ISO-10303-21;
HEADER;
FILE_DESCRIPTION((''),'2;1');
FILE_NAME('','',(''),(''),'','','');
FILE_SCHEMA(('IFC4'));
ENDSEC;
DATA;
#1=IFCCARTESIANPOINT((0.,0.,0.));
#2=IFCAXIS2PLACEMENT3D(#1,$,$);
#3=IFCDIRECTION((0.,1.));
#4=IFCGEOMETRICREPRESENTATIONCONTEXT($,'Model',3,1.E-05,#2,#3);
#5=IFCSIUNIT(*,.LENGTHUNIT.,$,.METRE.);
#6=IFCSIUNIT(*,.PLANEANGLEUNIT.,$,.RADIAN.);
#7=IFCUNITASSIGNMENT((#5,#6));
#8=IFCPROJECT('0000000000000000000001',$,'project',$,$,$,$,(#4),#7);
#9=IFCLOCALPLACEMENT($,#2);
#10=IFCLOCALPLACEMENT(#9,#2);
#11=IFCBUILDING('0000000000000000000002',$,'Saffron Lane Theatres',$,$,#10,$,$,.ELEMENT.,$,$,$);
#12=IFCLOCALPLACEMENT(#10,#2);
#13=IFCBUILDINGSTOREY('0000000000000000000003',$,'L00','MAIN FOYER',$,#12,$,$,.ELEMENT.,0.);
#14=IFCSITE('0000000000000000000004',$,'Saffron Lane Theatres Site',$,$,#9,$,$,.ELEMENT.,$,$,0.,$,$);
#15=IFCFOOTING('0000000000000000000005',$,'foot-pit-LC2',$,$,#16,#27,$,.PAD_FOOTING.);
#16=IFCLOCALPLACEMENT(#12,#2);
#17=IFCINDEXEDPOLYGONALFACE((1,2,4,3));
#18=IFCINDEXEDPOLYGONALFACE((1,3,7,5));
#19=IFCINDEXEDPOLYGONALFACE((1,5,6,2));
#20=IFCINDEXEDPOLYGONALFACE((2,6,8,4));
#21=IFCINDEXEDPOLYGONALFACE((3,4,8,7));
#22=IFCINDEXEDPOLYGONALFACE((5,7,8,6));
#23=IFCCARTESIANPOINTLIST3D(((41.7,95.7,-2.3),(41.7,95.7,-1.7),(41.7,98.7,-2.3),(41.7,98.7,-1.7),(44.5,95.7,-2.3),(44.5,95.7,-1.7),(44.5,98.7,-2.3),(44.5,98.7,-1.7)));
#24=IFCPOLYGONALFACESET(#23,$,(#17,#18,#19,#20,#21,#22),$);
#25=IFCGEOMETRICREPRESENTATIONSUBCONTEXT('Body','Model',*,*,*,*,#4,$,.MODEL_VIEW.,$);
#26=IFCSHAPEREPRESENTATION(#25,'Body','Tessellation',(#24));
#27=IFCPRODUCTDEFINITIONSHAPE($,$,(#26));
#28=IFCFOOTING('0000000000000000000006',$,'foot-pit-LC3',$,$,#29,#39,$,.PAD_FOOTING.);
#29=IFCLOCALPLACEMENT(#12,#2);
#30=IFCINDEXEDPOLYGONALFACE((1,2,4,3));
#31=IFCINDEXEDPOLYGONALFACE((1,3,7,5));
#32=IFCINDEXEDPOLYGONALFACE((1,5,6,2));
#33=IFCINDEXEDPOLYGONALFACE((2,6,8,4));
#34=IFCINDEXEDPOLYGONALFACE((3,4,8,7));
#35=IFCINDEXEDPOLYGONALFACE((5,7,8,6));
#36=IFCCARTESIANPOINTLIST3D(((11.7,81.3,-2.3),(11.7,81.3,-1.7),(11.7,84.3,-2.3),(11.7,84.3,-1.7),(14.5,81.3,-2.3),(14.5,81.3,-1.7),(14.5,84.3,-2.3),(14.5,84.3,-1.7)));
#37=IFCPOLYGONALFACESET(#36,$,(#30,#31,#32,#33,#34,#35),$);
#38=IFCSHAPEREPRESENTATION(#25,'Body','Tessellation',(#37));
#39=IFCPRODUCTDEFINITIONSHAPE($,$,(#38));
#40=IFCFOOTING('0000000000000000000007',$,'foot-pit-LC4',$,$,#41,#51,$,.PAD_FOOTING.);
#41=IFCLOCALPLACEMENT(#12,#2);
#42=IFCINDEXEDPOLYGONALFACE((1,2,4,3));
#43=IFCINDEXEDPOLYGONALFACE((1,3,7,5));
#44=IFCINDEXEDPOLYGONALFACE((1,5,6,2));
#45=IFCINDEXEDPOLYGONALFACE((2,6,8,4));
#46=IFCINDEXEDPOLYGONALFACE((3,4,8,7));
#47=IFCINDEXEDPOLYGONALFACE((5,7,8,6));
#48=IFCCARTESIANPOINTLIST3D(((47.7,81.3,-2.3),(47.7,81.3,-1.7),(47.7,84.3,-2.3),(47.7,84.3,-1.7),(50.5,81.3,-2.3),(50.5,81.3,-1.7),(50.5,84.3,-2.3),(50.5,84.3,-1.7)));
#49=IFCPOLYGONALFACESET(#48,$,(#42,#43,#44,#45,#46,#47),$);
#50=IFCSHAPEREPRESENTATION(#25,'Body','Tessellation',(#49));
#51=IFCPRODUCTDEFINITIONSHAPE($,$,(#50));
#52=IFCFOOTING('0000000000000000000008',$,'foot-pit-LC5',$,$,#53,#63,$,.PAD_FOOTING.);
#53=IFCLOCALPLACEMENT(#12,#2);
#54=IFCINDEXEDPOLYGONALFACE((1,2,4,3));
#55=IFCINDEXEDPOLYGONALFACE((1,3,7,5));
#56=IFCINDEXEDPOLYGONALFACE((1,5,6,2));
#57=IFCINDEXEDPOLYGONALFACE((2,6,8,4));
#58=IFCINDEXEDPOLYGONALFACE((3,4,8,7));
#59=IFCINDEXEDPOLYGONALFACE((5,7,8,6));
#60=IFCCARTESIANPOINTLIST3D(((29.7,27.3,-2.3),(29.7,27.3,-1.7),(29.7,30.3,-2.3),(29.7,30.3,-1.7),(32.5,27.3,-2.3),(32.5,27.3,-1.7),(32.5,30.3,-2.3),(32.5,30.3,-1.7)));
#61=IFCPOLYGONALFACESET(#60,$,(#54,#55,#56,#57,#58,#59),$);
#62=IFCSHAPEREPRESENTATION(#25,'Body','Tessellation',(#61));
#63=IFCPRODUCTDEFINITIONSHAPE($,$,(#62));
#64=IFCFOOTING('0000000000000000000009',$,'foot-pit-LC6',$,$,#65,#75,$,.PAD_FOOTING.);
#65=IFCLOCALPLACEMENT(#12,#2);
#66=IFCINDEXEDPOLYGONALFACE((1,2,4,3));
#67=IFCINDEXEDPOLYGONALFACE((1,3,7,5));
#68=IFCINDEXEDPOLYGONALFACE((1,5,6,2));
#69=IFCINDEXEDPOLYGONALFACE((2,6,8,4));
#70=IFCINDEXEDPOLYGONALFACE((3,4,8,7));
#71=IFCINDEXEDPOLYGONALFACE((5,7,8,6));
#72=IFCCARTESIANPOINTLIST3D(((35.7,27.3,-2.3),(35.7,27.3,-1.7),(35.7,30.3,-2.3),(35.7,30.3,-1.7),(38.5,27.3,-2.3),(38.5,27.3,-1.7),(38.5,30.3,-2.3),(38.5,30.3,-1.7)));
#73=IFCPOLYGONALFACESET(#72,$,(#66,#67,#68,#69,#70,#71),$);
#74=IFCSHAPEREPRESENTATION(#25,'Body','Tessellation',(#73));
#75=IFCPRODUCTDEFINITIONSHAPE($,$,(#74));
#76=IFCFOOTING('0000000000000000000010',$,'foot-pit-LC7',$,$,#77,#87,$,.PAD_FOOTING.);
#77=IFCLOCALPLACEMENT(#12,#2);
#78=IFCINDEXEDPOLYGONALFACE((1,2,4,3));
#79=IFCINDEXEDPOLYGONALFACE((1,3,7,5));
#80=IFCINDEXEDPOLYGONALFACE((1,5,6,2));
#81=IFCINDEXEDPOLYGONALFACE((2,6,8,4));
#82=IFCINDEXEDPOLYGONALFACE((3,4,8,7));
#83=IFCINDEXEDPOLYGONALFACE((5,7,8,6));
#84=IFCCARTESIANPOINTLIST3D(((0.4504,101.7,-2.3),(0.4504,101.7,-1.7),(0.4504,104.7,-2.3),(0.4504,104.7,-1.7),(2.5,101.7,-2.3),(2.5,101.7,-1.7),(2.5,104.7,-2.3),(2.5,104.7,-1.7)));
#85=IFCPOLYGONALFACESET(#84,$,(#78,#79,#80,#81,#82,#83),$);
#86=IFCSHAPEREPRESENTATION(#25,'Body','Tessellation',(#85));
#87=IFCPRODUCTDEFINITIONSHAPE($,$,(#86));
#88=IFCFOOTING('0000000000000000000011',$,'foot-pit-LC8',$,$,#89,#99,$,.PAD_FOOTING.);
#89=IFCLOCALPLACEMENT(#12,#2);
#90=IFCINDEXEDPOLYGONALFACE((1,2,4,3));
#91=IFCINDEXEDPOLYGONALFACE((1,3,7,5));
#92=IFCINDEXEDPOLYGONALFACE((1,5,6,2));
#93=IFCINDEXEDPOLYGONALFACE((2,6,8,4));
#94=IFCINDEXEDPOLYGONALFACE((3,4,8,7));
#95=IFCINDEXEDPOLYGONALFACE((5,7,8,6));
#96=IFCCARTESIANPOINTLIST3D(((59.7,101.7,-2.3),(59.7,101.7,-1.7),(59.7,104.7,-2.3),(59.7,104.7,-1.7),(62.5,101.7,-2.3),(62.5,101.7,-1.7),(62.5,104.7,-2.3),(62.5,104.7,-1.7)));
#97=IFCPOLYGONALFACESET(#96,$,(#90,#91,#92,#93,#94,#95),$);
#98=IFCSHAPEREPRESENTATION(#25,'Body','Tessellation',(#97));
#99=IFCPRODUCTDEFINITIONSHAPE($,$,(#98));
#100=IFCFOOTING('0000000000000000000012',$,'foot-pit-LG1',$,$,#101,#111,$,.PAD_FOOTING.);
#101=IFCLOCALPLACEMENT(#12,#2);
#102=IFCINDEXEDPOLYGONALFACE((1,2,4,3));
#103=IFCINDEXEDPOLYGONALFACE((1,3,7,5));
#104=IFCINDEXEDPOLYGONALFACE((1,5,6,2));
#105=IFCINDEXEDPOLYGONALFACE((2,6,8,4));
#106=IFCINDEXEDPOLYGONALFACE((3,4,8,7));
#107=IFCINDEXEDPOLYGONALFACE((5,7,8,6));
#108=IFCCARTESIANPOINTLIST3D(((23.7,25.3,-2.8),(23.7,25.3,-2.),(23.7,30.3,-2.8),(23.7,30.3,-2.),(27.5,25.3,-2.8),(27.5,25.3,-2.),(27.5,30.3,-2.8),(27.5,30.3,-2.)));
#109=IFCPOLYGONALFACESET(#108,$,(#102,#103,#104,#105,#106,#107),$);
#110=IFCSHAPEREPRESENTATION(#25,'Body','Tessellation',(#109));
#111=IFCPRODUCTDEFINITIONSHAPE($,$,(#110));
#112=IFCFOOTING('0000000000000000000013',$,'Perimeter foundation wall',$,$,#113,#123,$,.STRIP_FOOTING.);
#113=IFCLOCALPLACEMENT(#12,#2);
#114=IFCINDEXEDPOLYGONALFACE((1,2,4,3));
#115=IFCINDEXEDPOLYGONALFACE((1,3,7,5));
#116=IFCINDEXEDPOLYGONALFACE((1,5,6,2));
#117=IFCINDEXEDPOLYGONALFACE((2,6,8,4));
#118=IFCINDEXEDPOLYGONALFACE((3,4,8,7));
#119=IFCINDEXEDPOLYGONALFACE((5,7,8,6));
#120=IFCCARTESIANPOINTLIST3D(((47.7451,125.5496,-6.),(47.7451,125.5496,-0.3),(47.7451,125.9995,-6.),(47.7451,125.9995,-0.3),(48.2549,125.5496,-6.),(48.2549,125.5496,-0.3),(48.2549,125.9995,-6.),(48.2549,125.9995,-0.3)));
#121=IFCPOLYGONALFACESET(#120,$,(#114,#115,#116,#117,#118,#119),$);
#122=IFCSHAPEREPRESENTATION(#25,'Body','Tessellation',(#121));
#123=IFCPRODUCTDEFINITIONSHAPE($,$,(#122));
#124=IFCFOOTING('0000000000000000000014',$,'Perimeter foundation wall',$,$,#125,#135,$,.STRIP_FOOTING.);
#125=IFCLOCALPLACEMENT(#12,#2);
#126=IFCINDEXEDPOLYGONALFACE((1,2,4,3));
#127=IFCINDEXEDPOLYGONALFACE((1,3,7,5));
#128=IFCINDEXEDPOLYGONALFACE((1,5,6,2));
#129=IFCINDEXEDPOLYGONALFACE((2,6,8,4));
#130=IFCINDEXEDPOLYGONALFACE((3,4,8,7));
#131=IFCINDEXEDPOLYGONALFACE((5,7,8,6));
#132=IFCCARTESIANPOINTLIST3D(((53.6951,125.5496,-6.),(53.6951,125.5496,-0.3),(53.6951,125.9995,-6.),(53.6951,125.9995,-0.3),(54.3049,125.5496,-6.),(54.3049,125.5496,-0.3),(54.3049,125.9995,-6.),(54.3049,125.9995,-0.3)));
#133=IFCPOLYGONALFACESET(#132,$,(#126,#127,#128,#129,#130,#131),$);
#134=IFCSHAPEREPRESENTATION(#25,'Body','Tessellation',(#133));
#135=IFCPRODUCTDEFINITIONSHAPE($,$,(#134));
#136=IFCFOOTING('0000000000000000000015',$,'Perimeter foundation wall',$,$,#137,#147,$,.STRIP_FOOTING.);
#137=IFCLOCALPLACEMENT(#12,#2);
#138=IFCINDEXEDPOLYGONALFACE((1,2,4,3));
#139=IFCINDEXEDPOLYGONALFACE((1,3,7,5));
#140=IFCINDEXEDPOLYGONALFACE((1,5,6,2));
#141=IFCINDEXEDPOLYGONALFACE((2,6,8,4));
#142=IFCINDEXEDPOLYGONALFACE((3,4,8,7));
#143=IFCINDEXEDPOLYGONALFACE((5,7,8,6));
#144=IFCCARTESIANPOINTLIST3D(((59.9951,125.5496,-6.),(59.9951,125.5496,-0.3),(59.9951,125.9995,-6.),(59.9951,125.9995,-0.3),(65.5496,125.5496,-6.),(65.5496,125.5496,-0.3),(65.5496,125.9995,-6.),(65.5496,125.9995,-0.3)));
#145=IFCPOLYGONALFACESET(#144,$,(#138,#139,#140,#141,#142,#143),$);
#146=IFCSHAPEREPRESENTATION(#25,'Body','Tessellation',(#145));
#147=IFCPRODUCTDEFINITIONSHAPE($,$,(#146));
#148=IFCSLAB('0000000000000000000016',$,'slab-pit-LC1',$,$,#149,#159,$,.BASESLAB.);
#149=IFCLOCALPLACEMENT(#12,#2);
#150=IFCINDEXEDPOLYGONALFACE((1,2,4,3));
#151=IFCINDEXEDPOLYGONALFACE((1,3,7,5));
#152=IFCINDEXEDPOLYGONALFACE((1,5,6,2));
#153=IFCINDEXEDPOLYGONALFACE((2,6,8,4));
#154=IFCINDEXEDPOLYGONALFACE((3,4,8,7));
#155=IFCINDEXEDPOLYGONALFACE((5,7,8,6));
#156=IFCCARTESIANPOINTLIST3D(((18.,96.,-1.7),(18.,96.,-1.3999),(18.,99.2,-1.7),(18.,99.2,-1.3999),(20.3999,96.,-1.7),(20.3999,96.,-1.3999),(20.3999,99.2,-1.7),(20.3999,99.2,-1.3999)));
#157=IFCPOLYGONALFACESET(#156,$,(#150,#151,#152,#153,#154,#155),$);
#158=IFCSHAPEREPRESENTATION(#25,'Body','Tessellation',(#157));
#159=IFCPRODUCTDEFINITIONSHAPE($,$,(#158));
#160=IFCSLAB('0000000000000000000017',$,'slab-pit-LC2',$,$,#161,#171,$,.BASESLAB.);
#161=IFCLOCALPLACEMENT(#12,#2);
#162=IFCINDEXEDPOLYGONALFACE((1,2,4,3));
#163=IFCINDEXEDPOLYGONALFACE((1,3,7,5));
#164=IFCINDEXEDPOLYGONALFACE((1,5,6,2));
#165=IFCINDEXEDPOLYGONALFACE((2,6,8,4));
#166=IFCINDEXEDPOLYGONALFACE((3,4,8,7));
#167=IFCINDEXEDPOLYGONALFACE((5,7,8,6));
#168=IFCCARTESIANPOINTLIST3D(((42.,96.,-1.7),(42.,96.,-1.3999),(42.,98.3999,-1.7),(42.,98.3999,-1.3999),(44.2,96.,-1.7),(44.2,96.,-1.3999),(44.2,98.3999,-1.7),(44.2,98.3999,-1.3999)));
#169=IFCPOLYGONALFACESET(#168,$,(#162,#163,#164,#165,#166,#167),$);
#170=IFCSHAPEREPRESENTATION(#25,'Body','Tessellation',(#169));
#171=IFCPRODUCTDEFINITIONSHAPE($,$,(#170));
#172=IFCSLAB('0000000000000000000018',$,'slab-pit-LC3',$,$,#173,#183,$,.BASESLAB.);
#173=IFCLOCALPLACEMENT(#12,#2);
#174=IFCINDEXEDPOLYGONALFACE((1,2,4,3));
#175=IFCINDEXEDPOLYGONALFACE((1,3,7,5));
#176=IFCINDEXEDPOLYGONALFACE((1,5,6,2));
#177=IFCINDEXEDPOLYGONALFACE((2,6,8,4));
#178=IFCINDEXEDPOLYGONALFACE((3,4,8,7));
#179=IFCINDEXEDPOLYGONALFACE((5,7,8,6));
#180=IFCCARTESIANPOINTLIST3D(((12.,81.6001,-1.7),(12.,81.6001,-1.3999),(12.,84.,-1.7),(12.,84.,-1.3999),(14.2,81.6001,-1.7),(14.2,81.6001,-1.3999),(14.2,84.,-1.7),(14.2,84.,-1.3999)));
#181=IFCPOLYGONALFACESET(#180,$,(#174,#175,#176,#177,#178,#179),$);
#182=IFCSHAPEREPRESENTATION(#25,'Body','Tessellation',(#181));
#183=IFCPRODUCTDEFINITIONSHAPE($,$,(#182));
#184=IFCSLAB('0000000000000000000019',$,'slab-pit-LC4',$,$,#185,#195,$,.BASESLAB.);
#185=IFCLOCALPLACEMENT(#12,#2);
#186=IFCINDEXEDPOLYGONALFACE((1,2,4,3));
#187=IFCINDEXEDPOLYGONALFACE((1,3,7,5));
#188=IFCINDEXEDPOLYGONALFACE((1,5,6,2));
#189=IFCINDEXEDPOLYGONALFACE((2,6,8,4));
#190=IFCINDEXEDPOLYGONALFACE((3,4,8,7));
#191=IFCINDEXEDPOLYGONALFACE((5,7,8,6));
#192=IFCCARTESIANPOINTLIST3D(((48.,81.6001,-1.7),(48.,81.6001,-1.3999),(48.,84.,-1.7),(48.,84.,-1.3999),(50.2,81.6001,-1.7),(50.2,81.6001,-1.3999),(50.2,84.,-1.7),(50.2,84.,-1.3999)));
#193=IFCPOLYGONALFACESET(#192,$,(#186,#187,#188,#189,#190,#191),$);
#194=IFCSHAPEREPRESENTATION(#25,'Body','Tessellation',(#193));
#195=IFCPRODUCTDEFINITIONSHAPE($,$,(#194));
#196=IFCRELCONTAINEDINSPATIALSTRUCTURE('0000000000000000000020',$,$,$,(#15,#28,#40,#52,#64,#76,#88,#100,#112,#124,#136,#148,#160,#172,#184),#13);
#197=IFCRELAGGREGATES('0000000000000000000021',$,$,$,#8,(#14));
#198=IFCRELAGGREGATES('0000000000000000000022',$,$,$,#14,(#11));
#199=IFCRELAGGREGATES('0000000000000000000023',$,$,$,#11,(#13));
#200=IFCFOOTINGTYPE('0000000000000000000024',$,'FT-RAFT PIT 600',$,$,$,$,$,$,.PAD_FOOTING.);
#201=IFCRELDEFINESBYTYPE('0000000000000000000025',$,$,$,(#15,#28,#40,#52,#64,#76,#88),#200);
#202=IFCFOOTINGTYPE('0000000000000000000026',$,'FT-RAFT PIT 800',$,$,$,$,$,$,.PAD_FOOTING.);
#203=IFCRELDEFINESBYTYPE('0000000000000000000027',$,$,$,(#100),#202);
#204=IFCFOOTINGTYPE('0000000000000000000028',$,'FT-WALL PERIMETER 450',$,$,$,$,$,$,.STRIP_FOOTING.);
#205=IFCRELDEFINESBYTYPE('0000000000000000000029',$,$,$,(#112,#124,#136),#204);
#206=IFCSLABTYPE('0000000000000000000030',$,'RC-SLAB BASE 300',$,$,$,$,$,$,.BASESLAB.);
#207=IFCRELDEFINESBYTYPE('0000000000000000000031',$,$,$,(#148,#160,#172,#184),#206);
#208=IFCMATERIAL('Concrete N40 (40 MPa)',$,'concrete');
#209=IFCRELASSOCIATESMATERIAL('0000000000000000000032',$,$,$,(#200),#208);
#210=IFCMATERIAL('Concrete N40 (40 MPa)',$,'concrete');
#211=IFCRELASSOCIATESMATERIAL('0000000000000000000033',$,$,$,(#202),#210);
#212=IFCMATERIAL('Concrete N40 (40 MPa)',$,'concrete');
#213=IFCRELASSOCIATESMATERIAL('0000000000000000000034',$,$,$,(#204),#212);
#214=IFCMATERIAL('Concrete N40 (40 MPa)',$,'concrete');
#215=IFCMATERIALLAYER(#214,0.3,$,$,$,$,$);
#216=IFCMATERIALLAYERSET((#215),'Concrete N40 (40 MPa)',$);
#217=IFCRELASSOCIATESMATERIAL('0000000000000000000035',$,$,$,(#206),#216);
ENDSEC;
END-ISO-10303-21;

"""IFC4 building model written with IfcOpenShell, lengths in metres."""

from ifc_helpers import new_model, si_unit, direction, frame, origin, place, context, subcontext, project, spatial, polyline, outline, extrude, material, layer, layer_set, type_object, element, save


model = new_model("IFC4")

# Units and contexts
model_context = context("Model", 3, precision=1e-05, world=origin(), true_north=direction((0.0, 1.0)))
body_context = subcontext(model_context, "Body", "Model", "MODEL_VIEW")
ifc_project = project(units=[si_unit("LENGTHUNIT", "METRE"), si_unit("PLANEANGLEUNIT", "RADIAN")], contexts=[model_context])

# Site, building, storey
site_placement = place(None, origin())
site = spatial("IfcSite", under=ifc_project, at=site_placement, Name="Saffron Lane Theatres Site", CompositionType="ELEMENT", RefElevation=0.0)
building_placement = place(site_placement, origin())
building = spatial("IfcBuilding", under=site, at=building_placement, Name="Saffron Lane Theatres", CompositionType="ELEMENT")
storey_placement = place(building_placement, origin())
storey = spatial("IfcBuildingStorey", under=building, at=storey_placement, Name="L00", Description="MAIN FOYER", CompositionType="ELEMENT", Elevation=0.0)

# Footings
ifc_material_1 = material(Name="Concrete N40 (40 MPa)", Category="concrete")
footing_type_1 = type_object("IfcFootingType", Name="FT-RAFT PIT 600", PredefinedType="PAD_FOOTING", material=ifc_material_1)
footing_1_placement = place(storey_placement, frame((0.0, 0.0, -2.3)))
element("IfcFooting", 1, at=footing_1_placement, inside=storey, type_object=footing_type_1, Name="foot-pit-LC2", PredefinedType="PAD_FOOTING", context=body_context, shape_type="SweptSolid", body=[
    extrude(outline(polyline([(41.7, 98.7), (41.7, 95.7), (44.5, 95.7), (44.5, 98.7), (41.7, 98.7)])), origin(), (0.0, 0.0, 1.0), 0.6001),
])
footing_2_placement = place(storey_placement, frame((0.0, 0.0, -2.3)))
element("IfcFooting", 2, at=footing_2_placement, inside=storey, type_object=footing_type_1, Name="foot-pit-LC3", PredefinedType="PAD_FOOTING", context=body_context, shape_type="SweptSolid", body=[
    extrude(outline(polyline([(11.7, 84.3), (11.7, 81.3), (14.5, 81.3), (14.5, 84.3), (11.7, 84.3)])), origin(), (0.0, 0.0, 1.0), 0.6001),
])
footing_3_placement = place(storey_placement, frame((0.0, 0.0, -2.3)))
element("IfcFooting", 3, at=footing_3_placement, inside=storey, type_object=footing_type_1, Name="foot-pit-LC4", PredefinedType="PAD_FOOTING", context=body_context, shape_type="SweptSolid", body=[
    extrude(outline(polyline([(47.7, 84.3), (47.7, 81.3), (50.5, 81.3), (50.5, 84.3), (47.7, 84.3)])), origin(), (0.0, 0.0, 1.0), 0.6001),
])
footing_4_placement = place(storey_placement, frame((0.0, 0.0, -2.3)))
element("IfcFooting", 4, at=footing_4_placement, inside=storey, type_object=footing_type_1, Name="foot-pit-LC5", PredefinedType="PAD_FOOTING", context=body_context, shape_type="SweptSolid", body=[
    extrude(outline(polyline([(29.7, 30.3), (29.7, 27.3), (32.5, 27.3), (32.5, 30.3), (29.7, 30.3)])), origin(), (0.0, 0.0, 1.0), 0.6001),
])
footing_5_placement = place(storey_placement, frame((0.0, 0.0, -2.3)))
element("IfcFooting", 5, at=footing_5_placement, inside=storey, type_object=footing_type_1, Name="foot-pit-LC6", PredefinedType="PAD_FOOTING", context=body_context, shape_type="SweptSolid", body=[
    extrude(outline(polyline([(35.7, 30.3), (35.7, 27.3), (38.5, 27.3), (38.5, 30.3), (35.7, 30.3)])), origin(), (0.0, 0.0, 1.0), 0.6001),
])
footing_6_placement = place(storey_placement, frame((0.0, 0.0, -2.3)))
element("IfcFooting", 6, at=footing_6_placement, inside=storey, type_object=footing_type_1, Name="foot-pit-LC7", PredefinedType="PAD_FOOTING", context=body_context, shape_type="SweptSolid", body=[
    extrude(outline(polyline([(2.5, 101.7), (2.5, 104.7), (0.4504, 104.7), (0.4504, 101.7), (2.5, 101.7)])), origin(), (0.0, 0.0, 1.0), 0.6001),
])
footing_7_placement = place(storey_placement, frame((0.0, 0.0, -2.3)))
element("IfcFooting", 7, at=footing_7_placement, inside=storey, type_object=footing_type_1, Name="foot-pit-LC8", PredefinedType="PAD_FOOTING", context=body_context, shape_type="SweptSolid", body=[
    extrude(outline(polyline([(59.7, 104.7), (59.7, 101.7), (62.5, 101.7), (62.5, 104.7), (59.7, 104.7)])), origin(), (0.0, 0.0, 1.0), 0.6001),
])
ifc_material_2 = material(Name="Concrete N40 (40 MPa)", Category="concrete")
footing_type_2 = type_object("IfcFootingType", Name="FT-RAFT PIT 800", PredefinedType="PAD_FOOTING", material=ifc_material_2)
footing_8_placement = place(storey_placement, frame((0.0, 0.0, -2.8)))
element("IfcFooting", 8, at=footing_8_placement, inside=storey, type_object=footing_type_2, Name="foot-pit-LG1", PredefinedType="PAD_FOOTING", context=body_context, shape_type="SweptSolid", body=[
    extrude(outline(polyline([(23.7, 30.3), (23.7, 25.3), (27.5, 25.3), (27.5, 30.3), (23.7, 30.3)])), origin(), (0.0, 0.0, 1.0), 0.8),
])
ifc_material_3 = material(Name="Concrete N40 (40 MPa)", Category="concrete")
footing_type_3 = type_object("IfcFootingType", Name="FT-WALL PERIMETER 450", PredefinedType="STRIP_FOOTING", material=ifc_material_3)
footing_9_placement = place(storey_placement, frame((0.0, 0.0, -6.0)))
element("IfcFooting", 9, at=footing_9_placement, inside=storey, type_object=footing_type_3, Name="Perimeter foundation wall", PredefinedType="STRIP_FOOTING", context=body_context, shape_type="SweptSolid", body=[
    extrude(outline(polyline([(48.2549, 125.5496), (48.2549, 125.9995), (47.7451, 125.9995), (47.7451, 125.5496), (48.2549, 125.5496)])), origin(), (0.0, 0.0, 1.0), 5.7),
])
footing_10_placement = place(storey_placement, frame((0.0, 0.0, -6.0)))
element("IfcFooting", 10, at=footing_10_placement, inside=storey, type_object=footing_type_3, Name="Perimeter foundation wall", PredefinedType="STRIP_FOOTING", context=body_context, shape_type="SweptSolid", body=[
    extrude(outline(polyline([(54.3049, 125.5496), (54.3049, 125.9995), (53.6951, 125.9995), (53.6951, 125.5496), (54.3049, 125.5496)])), origin(), (0.0, 0.0, 1.0), 5.7),
])
footing_11_placement = place(storey_placement, frame((0.0, 0.0, -6.0)))
element("IfcFooting", 11, at=footing_11_placement, inside=storey, type_object=footing_type_3, Name="Perimeter foundation wall", PredefinedType="STRIP_FOOTING", context=body_context, shape_type="SweptSolid", body=[
    extrude(outline(polyline([(65.5496, 125.5496), (65.5496, 125.9995), (59.9951, 125.9995), (59.9951, 125.5496), (65.5496, 125.5496)])), origin(), (0.0, 0.0, 1.0), 5.7),
])

# Slabs
ifc_material_4 = material(Name="Concrete N40 (40 MPa)", Category="concrete")
ifc_layer_1 = layer(ifc_material_4, 0.3)
ifc_layer_set_1 = layer_set([ifc_layer_1], Name="Concrete N40 (40 MPa)")
slab_type_1 = type_object("IfcSlabType", Name="RC-SLAB BASE 300", PredefinedType="BASESLAB", material=ifc_layer_set_1)
slab_1_placement = place(storey_placement, frame((0.0, 0.0, -1.7)))
element("IfcSlab", 12, at=slab_1_placement, inside=storey, type_object=slab_type_1, Name="slab-pit-LC1", PredefinedType="BASESLAB", context=body_context, shape_type="SweptSolid", body=[
    extrude(outline(polyline([(18.0, 96.0), (20.3999, 96.0), (20.3999, 99.2), (18.0, 99.2), (18.0, 96.0)])), origin(), (0.0, 0.0, 1.0), 0.3),
])
slab_2_placement = place(storey_placement, frame((0.0, 0.0, -1.7)))
element("IfcSlab", 13, at=slab_2_placement, inside=storey, type_object=slab_type_1, Name="slab-pit-LC2", PredefinedType="BASESLAB", context=body_context, shape_type="SweptSolid", body=[
    extrude(outline(polyline([(42.0, 96.0), (44.2, 96.0), (44.2, 98.3999), (42.0, 98.3999), (42.0, 96.0)])), origin(), (0.0, 0.0, 1.0), 0.3),
])
slab_3_placement = place(storey_placement, frame((0.0, 0.0, -1.7)))
element("IfcSlab", 14, at=slab_3_placement, inside=storey, type_object=slab_type_1, Name="slab-pit-LC3", PredefinedType="BASESLAB", context=body_context, shape_type="SweptSolid", body=[
    extrude(outline(polyline([(12.0, 81.6001), (14.2, 81.6001), (14.2, 84.0), (12.0, 84.0), (12.0, 81.6001)])), origin(), (0.0, 0.0, 1.0), 0.3),
])
slab_4_placement = place(storey_placement, frame((0.0, 0.0, -1.7)))
element("IfcSlab", 15, at=slab_4_placement, inside=storey, type_object=slab_type_1, Name="slab-pit-LC4", PredefinedType="BASESLAB", context=body_context, shape_type="SweptSolid", body=[
    extrude(outline(polyline([(48.0, 81.6001), (50.2, 81.6001), (50.2, 84.0), (48.0, 84.0), (48.0, 81.6001)])), origin(), (0.0, 0.0, 1.0), 0.3),
])

save(model, "model.ifc")
